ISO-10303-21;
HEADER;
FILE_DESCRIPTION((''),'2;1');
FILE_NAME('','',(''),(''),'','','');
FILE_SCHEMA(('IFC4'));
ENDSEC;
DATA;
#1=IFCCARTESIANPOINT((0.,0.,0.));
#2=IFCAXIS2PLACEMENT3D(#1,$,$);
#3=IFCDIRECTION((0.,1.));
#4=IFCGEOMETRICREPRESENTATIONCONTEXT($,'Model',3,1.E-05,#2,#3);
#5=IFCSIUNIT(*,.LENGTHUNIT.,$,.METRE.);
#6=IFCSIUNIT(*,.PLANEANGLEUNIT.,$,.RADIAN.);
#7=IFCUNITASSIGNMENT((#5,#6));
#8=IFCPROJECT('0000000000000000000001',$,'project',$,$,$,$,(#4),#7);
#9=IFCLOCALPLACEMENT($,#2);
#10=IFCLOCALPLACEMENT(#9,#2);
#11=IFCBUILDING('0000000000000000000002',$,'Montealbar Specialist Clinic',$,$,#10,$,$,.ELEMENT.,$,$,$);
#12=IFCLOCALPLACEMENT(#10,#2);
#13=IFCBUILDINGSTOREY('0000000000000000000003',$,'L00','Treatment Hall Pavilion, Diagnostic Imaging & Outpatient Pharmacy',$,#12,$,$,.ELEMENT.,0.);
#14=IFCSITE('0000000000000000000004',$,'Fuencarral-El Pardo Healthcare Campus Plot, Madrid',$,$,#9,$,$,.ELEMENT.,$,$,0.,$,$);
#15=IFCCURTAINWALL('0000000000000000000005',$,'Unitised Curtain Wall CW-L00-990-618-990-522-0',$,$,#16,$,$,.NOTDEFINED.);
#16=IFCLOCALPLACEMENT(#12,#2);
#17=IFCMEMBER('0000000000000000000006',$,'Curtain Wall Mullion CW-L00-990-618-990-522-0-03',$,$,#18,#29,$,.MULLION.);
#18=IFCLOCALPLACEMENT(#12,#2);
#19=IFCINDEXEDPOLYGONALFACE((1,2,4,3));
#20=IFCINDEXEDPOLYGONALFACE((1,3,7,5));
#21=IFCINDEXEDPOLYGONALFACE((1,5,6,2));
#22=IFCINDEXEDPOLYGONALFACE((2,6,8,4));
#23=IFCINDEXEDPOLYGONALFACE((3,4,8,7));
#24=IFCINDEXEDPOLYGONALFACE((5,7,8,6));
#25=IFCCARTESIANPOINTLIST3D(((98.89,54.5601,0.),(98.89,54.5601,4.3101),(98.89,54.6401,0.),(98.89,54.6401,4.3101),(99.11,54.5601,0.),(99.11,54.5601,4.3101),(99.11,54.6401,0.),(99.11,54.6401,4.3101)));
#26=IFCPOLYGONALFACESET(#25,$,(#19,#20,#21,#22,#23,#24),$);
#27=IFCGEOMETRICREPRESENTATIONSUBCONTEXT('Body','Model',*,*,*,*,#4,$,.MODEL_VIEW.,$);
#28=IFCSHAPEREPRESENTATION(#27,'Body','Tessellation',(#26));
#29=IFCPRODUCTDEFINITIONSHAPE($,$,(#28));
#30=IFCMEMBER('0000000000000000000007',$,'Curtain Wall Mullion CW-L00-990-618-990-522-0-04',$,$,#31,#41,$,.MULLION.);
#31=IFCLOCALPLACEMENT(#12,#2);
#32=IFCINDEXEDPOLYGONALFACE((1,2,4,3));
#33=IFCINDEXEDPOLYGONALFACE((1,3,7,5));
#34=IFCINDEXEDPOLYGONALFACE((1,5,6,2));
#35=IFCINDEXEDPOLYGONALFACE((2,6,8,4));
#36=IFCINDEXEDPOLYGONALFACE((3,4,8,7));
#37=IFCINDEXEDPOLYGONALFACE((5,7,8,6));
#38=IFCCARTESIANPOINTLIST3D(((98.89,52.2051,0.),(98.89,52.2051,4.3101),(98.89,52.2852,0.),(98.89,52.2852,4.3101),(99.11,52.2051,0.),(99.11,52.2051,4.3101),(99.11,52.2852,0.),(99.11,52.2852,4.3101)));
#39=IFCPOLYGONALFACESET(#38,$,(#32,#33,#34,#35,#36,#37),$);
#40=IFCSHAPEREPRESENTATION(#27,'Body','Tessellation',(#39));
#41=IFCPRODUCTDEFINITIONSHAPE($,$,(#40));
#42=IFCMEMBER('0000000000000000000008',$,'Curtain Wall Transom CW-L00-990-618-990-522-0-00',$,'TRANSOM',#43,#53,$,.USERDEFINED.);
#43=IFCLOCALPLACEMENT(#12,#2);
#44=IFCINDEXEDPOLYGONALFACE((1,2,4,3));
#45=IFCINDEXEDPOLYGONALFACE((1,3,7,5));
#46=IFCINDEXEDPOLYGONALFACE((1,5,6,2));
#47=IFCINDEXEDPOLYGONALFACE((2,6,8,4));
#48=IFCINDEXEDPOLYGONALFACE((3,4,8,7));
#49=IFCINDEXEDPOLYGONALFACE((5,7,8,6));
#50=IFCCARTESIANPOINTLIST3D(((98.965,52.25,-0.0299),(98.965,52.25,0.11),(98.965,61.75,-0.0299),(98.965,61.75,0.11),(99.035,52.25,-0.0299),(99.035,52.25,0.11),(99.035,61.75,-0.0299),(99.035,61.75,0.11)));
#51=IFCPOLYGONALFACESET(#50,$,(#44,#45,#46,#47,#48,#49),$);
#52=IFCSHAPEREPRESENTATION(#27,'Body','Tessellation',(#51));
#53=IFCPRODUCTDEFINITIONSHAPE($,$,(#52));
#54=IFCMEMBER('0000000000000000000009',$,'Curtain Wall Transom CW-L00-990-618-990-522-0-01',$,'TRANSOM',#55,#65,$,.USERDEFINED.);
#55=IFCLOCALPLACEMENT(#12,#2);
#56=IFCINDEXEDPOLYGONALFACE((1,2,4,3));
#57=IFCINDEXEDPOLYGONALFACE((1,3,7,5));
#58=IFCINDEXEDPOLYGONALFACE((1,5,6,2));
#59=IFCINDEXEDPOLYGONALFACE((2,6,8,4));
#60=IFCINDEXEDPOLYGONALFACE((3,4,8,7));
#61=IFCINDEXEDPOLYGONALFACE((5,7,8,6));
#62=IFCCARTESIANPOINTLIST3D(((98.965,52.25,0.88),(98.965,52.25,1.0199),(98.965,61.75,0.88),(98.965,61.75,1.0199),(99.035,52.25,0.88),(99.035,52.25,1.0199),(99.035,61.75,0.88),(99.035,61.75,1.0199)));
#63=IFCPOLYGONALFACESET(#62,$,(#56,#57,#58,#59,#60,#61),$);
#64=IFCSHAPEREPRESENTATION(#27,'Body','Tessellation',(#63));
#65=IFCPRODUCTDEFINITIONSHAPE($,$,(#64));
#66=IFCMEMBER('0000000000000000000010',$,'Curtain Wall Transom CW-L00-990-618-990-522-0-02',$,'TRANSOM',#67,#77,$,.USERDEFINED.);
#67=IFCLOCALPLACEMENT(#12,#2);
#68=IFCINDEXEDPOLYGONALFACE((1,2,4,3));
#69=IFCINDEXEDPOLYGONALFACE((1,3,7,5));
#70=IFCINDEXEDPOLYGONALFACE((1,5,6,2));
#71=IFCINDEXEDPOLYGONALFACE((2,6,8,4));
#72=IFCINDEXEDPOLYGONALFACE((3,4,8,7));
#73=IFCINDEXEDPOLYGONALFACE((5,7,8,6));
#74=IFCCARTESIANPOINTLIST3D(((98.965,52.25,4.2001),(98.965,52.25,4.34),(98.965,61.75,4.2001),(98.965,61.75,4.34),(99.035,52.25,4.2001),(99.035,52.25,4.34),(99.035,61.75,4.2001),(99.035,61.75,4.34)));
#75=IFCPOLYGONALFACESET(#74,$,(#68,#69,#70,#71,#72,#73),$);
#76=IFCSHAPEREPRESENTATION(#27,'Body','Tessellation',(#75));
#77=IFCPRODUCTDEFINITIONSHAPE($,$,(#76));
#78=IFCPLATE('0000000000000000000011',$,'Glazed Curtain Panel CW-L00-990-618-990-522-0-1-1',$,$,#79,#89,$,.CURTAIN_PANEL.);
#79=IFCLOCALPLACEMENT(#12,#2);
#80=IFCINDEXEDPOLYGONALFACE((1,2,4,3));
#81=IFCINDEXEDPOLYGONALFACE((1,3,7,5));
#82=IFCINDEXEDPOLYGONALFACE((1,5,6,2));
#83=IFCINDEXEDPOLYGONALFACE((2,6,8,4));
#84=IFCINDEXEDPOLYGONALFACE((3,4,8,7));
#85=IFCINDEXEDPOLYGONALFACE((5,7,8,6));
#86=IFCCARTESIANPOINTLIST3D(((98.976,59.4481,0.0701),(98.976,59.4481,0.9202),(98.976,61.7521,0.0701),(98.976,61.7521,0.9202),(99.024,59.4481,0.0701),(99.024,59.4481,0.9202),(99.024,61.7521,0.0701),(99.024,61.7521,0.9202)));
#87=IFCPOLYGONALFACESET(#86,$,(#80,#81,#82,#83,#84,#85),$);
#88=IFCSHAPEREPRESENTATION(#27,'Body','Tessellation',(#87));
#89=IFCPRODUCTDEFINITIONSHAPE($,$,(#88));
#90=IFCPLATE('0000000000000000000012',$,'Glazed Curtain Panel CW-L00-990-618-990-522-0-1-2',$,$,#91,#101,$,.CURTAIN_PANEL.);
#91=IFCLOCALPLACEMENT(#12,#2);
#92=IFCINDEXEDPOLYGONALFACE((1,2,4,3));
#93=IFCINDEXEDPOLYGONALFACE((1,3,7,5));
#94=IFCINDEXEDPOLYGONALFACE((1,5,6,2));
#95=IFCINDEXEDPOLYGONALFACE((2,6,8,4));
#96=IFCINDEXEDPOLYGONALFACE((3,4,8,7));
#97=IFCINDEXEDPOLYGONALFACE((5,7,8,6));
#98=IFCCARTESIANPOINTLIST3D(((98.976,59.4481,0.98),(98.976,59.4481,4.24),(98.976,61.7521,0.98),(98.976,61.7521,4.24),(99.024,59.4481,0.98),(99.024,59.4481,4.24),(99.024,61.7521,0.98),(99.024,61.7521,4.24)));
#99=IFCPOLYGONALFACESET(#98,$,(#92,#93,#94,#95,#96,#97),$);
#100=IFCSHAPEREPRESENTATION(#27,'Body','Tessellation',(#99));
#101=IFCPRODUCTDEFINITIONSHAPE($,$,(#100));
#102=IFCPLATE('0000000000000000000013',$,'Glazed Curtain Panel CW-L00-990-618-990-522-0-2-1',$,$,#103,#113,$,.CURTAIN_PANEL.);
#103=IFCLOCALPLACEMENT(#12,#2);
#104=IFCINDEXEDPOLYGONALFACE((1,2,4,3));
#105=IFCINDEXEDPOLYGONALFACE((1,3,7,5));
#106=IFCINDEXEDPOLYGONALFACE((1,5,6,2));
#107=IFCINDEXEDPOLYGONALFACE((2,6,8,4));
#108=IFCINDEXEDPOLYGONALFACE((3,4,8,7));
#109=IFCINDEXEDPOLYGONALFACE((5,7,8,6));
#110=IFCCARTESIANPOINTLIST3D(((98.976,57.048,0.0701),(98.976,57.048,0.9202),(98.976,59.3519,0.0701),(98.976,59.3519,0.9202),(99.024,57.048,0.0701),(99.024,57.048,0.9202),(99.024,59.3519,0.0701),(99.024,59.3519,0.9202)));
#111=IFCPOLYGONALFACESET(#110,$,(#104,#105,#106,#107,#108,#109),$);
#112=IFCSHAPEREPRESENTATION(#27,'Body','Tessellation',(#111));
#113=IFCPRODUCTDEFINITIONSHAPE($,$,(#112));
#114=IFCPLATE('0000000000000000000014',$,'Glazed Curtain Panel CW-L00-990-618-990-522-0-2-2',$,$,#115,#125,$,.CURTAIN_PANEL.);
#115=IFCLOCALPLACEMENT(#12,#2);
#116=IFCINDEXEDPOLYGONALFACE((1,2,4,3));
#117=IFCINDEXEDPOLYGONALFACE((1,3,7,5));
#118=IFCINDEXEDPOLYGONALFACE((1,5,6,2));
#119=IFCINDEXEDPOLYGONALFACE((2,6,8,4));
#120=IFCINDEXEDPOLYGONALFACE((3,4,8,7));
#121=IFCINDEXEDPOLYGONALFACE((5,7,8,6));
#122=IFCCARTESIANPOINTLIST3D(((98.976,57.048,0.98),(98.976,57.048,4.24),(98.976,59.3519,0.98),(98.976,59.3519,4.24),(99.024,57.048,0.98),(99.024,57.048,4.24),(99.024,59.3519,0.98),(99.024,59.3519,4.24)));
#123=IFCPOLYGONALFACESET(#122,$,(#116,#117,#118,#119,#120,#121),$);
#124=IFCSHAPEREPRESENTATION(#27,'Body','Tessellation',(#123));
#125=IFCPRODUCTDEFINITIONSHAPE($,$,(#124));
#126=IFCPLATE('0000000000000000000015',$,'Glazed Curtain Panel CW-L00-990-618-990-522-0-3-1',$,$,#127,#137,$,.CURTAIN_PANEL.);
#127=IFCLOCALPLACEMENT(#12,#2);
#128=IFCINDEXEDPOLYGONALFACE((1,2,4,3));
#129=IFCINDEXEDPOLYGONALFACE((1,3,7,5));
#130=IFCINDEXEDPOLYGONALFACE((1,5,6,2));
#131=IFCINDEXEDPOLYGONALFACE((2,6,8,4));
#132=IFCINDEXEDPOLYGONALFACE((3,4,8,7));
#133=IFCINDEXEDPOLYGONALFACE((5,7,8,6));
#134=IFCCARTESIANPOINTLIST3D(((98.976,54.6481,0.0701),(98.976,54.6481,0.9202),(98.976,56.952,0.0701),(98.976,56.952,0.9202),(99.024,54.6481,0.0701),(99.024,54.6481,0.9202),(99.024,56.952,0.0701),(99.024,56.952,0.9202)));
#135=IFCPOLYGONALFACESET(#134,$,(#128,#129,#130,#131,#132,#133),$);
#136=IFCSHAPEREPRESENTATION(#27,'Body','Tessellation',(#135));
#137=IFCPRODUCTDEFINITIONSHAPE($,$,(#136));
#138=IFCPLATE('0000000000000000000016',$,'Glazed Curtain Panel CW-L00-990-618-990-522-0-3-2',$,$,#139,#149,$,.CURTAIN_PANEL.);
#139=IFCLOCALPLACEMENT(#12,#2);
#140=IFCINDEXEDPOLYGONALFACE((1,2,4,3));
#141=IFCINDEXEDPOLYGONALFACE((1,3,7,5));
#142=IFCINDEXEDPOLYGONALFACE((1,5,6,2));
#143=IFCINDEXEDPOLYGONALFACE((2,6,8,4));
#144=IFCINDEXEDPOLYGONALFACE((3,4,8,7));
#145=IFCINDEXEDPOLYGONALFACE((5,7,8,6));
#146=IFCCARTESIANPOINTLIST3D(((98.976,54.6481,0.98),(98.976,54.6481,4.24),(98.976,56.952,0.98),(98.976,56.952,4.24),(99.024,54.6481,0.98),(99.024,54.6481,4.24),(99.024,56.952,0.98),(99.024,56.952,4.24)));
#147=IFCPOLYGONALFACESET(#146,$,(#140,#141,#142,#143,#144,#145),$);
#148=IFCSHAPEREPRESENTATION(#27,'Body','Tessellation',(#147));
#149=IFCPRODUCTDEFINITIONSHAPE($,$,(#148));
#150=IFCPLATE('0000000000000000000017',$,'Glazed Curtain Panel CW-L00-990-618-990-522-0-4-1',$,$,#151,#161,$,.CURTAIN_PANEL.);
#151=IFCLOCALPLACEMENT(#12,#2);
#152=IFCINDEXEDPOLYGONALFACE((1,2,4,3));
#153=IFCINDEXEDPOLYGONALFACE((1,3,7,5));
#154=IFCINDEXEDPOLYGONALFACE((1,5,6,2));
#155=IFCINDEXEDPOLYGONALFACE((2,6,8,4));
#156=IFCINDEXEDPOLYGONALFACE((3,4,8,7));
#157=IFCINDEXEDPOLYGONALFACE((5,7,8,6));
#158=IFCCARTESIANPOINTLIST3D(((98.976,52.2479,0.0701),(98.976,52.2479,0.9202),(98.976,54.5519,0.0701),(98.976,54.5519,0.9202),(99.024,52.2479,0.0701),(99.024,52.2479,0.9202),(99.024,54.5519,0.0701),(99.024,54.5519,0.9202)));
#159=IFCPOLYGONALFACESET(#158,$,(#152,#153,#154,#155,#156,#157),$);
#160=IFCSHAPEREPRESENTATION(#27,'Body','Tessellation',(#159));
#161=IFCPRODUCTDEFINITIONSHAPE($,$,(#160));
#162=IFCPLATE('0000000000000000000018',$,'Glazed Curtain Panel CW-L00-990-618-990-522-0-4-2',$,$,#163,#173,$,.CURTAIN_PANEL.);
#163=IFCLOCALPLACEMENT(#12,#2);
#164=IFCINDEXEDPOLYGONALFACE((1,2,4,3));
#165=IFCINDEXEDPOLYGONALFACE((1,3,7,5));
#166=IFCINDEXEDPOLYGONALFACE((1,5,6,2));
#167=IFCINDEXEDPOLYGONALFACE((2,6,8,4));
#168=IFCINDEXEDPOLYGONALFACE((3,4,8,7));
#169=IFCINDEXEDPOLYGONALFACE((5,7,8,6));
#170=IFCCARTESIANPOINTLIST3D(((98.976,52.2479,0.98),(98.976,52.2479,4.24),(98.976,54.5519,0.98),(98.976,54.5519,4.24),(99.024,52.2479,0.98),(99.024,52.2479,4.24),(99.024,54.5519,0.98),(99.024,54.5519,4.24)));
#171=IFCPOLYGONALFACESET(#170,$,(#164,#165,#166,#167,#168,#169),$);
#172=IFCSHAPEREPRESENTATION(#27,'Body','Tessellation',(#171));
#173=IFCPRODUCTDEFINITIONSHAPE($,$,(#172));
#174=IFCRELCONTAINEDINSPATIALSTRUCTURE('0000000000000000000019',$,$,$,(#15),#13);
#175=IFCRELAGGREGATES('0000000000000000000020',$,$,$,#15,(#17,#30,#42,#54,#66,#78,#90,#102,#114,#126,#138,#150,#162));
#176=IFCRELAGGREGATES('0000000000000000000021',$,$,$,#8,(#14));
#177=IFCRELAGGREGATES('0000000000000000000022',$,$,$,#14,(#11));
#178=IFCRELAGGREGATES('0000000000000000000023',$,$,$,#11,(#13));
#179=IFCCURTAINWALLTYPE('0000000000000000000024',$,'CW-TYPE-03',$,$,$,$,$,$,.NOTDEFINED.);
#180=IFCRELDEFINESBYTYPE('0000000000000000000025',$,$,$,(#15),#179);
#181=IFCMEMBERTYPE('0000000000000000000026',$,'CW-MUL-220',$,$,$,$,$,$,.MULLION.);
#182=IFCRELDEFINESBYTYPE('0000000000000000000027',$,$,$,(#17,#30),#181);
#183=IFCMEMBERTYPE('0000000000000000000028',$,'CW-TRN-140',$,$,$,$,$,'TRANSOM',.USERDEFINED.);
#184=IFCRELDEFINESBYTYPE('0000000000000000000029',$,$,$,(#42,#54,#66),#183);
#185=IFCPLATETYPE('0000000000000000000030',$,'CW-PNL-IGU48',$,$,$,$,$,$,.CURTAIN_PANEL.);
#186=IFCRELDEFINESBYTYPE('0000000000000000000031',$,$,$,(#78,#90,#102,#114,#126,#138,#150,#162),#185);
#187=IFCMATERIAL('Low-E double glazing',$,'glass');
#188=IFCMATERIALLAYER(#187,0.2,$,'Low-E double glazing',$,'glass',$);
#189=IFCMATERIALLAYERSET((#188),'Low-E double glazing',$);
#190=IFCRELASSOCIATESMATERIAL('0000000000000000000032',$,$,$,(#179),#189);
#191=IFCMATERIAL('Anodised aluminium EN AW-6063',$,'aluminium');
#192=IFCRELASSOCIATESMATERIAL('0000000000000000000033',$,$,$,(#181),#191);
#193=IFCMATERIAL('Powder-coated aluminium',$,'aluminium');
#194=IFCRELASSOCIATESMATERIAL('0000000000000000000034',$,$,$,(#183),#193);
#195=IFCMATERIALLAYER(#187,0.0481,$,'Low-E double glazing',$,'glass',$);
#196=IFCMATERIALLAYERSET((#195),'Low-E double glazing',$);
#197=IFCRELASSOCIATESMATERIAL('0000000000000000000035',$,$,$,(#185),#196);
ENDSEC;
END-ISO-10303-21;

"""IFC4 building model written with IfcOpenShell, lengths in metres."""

from ifc_helpers import new_model, si_unit, direction, frame, origin, origin_2d, place, context, subcontext, project, spatial, rectangle, extrude, material, layer, layer_set, material_profile, profile_set, type_object, element, aggregate, save


model = new_model("IFC4")

# Units and contexts
model_context = context("Model", 3, precision=1e-05, world=origin(), true_north=direction((0.0, 1.0)))
body_context = subcontext(model_context, "Body", "Model", "MODEL_VIEW")
ifc_project = project(units=[si_unit("LENGTHUNIT", "METRE"), si_unit("PLANEANGLEUNIT", "RADIAN")], contexts=[model_context])

# Site, building, storey
site_placement = place(None, origin())
site = spatial("IfcSite", under=ifc_project, at=site_placement, Name="Fuencarral-El Pardo Healthcare Campus Plot, Madrid", CompositionType="ELEMENT", RefElevation=0.0)
building_placement = place(site_placement, origin())
building = spatial("IfcBuilding", under=site, at=building_placement, Name="Montealbar Specialist Clinic", CompositionType="ELEMENT")
storey_placement = place(building_placement, origin())
storey = spatial("IfcBuildingStorey", under=building, at=storey_placement, Name="L00", Description="Treatment Hall Pavilion, Diagnostic Imaging & Outpatient Pharmacy", CompositionType="ELEMENT", Elevation=0.0)

# Curtain wall, members, plates
ifc_material_1 = material(Name="Low-E double glazing", Category="glass")
ifc_layer_1 = layer(ifc_material_1, 0.2, Name="Low-E double glazing", Category="glass")
ifc_layer_set_1 = layer_set([ifc_layer_1], Name="Low-E double glazing")
curtain_wall_type = type_object("IfcCurtainWallType", Name="CW-TYPE-03", PredefinedType="NOTDEFINED", material=ifc_layer_set_1)
curtain_wall_placement = place(storey_placement, origin())
curtain_wall = element("IfcCurtainWall", 1, at=curtain_wall_placement, inside=storey, type_object=curtain_wall_type, Name="Unitised Curtain Wall CW-L00-990-618-990-522-0", PredefinedType="NOTDEFINED")
ifc_material_2 = material(Name="Anodised aluminium EN AW-6063", Category="aluminium")
ifc_material_profile_1 = material_profile(ifc_material_2, rectangle(XDim=0.0801, YDim=0.22, at=origin_2d()), Name="ALU 80x220", Category="aluminium")
ifc_profile_set_1 = profile_set([ifc_material_profile_1], Name="Anodised aluminium EN AW-6063")
member_type_1 = type_object("IfcMemberType", Name="CW-MUL-220", PredefinedType="MULLION", material=ifc_profile_set_1)
member_1_placement = place(storey_placement, frame((99.0, 54.6001, 0.0), z_axis=(0.0, 0.0, 1.0), x_axis=(0.0, -1.0, 0.0)))
member_1 = element("IfcMember", 2, at=member_1_placement, type_object=member_type_1, Name="Curtain Wall Mullion CW-L00-990-618-990-522-0-03", PredefinedType="MULLION", context=body_context, shape_type="SweptSolid", body=[
    extrude(rectangle(XDim=0.0801, YDim=0.22, at=origin_2d()), origin(), (0.0, 0.0, 1.0), 4.3101),
])
member_2_placement = place(storey_placement, frame((99.0, 52.2451, 0.0), z_axis=(0.0, 0.0, 1.0), x_axis=(0.0, -1.0, 0.0)))
member_2 = element("IfcMember", 3, at=member_2_placement, type_object=member_type_1, Name="Curtain Wall Mullion CW-L00-990-618-990-522-0-04", PredefinedType="MULLION", context=body_context, shape_type="SweptSolid", body=[
    extrude(rectangle(XDim=0.0801, YDim=0.22, at=origin_2d()), origin(), (0.0, 0.0, 1.0), 4.3101),
])
ifc_material_3 = material(Name="Powder-coated aluminium", Category="aluminium")
ifc_material_profile_2 = material_profile(ifc_material_3, rectangle(XDim=0.0701, YDim=0.1399, at=origin_2d()), Name="ALU 70x140", Category="aluminium")
ifc_profile_set_2 = profile_set([ifc_material_profile_2], Name="Powder-coated aluminium")
member_type_2 = type_object("IfcMemberType", Name="CW-TRN-140", ElementType="TRANSOM", PredefinedType="USERDEFINED", material=ifc_profile_set_2)
member_3_placement = place(storey_placement, frame((99.0, 61.75, 0.04), z_axis=(0.0, -1.0, 0.0), x_axis=(1.0, 0.0, 0.0)))
member_3 = element("IfcMember", 4, at=member_3_placement, type_object=member_type_2, Name="Curtain Wall Transom CW-L00-990-618-990-522-0-00", ObjectType="TRANSOM", PredefinedType="USERDEFINED", context=body_context, shape_type="SweptSolid", body=[
    extrude(rectangle(XDim=0.0701, YDim=0.1399, at=origin_2d()), origin(), (0.0, 0.0, 1.0), 9.5),
])
member_4_placement = place(storey_placement, frame((99.0, 61.75, 0.95), z_axis=(0.0, -1.0, 0.0), x_axis=(1.0, 0.0, 0.0)))
member_4 = element("IfcMember", 5, at=member_4_placement, type_object=member_type_2, Name="Curtain Wall Transom CW-L00-990-618-990-522-0-01", ObjectType="TRANSOM", PredefinedType="USERDEFINED", context=body_context, shape_type="SweptSolid", body=[
    extrude(rectangle(XDim=0.0701, YDim=0.1399, at=origin_2d()), origin(), (0.0, 0.0, 1.0), 9.5),
])
member_5_placement = place(storey_placement, frame((99.0, 61.75, 4.27), z_axis=(0.0, -1.0, 0.0), x_axis=(1.0, 0.0, 0.0)))
member_5 = element("IfcMember", 6, at=member_5_placement, type_object=member_type_2, Name="Curtain Wall Transom CW-L00-990-618-990-522-0-02", ObjectType="TRANSOM", PredefinedType="USERDEFINED", context=body_context, shape_type="SweptSolid", body=[
    extrude(rectangle(XDim=0.0701, YDim=0.1399, at=origin_2d()), origin(), (0.0, 0.0, 1.0), 9.5),
])
ifc_layer_2 = layer(ifc_material_1, 0.0481, Name="Low-E double glazing", Category="glass")
ifc_layer_set_2 = layer_set([ifc_layer_2], Name="Low-E double glazing")
plate_type = type_object("IfcPlateType", Name="CW-PNL-IGU48", PredefinedType="CURTAIN_PANEL", material=ifc_layer_set_2)
plate_1_placement = place(storey_placement, frame((99.0, 60.6001, 0.0701), z_axis=(0.0, 0.0, 1.0), x_axis=(0.0, -1.0, 0.0)))
plate_1 = element("IfcPlate", 7, at=plate_1_placement, type_object=plate_type, Name="Glazed Curtain Panel CW-L00-990-618-990-522-0-1-1", PredefinedType="CURTAIN_PANEL", context=body_context, shape_type="SweptSolid", body=[
    extrude(rectangle(XDim=2.304, YDim=0.0481, at=origin_2d()), origin(), (0.0, 0.0, 1.0), 0.8501),
])
plate_2_placement = place(storey_placement, frame((99.0, 60.6001, 0.98), z_axis=(0.0, 0.0, 1.0), x_axis=(0.0, -1.0, 0.0)))
plate_2 = element("IfcPlate", 8, at=plate_2_placement, type_object=plate_type, Name="Glazed Curtain Panel CW-L00-990-618-990-522-0-1-2", PredefinedType="CURTAIN_PANEL", context=body_context, shape_type="SweptSolid", body=[
    extrude(rectangle(XDim=2.304, YDim=0.0481, at=origin_2d()), origin(), (0.0, 0.0, 1.0), 3.26),
])
plate_3_placement = place(storey_placement, frame((99.0, 58.2, 0.0701), z_axis=(0.0, 0.0, 1.0), x_axis=(0.0, -1.0, 0.0)))
plate_3 = element("IfcPlate", 9, at=plate_3_placement, type_object=plate_type, Name="Glazed Curtain Panel CW-L00-990-618-990-522-0-2-1", PredefinedType="CURTAIN_PANEL", context=body_context, shape_type="SweptSolid", body=[
    extrude(rectangle(XDim=2.304, YDim=0.0481, at=origin_2d()), origin(), (0.0, 0.0, 1.0), 0.8501),
])
plate_4_placement = place(storey_placement, frame((99.0, 58.2, 0.98), z_axis=(0.0, 0.0, 1.0), x_axis=(0.0, -1.0, 0.0)))
plate_4 = element("IfcPlate", 10, at=plate_4_placement, type_object=plate_type, Name="Glazed Curtain Panel CW-L00-990-618-990-522-0-2-2", PredefinedType="CURTAIN_PANEL", context=body_context, shape_type="SweptSolid", body=[
    extrude(rectangle(XDim=2.304, YDim=0.0481, at=origin_2d()), origin(), (0.0, 0.0, 1.0), 3.26),
])
plate_5_placement = place(storey_placement, frame((99.0, 55.8, 0.0701), z_axis=(0.0, 0.0, 1.0), x_axis=(0.0, -1.0, 0.0)))
plate_5 = element("IfcPlate", 11, at=plate_5_placement, type_object=plate_type, Name="Glazed Curtain Panel CW-L00-990-618-990-522-0-3-1", PredefinedType="CURTAIN_PANEL", context=body_context, shape_type="SweptSolid", body=[
    extrude(rectangle(XDim=2.304, YDim=0.0481, at=origin_2d()), origin(), (0.0, 0.0, 1.0), 0.8501),
])
plate_6_placement = place(storey_placement, frame((99.0, 55.8, 0.98), z_axis=(0.0, 0.0, 1.0), x_axis=(0.0, -1.0, 0.0)))
plate_6 = element("IfcPlate", 12, at=plate_6_placement, type_object=plate_type, Name="Glazed Curtain Panel CW-L00-990-618-990-522-0-3-2", PredefinedType="CURTAIN_PANEL", context=body_context, shape_type="SweptSolid", body=[
    extrude(rectangle(XDim=2.304, YDim=0.0481, at=origin_2d()), origin(), (0.0, 0.0, 1.0), 3.26),
])
plate_7_placement = place(storey_placement, frame((99.0, 53.3999, 0.0701), z_axis=(0.0, 0.0, 1.0), x_axis=(0.0, -1.0, 0.0)))
plate_7 = element("IfcPlate", 13, at=plate_7_placement, type_object=plate_type, Name="Glazed Curtain Panel CW-L00-990-618-990-522-0-4-1", PredefinedType="CURTAIN_PANEL", context=body_context, shape_type="SweptSolid", body=[
    extrude(rectangle(XDim=2.304, YDim=0.0481, at=origin_2d()), origin(), (0.0, 0.0, 1.0), 0.8501),
])
plate_8_placement = place(storey_placement, frame((99.0, 53.3999, 0.98), z_axis=(0.0, 0.0, 1.0), x_axis=(0.0, -1.0, 0.0)))
plate_8 = element("IfcPlate", 14, at=plate_8_placement, type_object=plate_type, Name="Glazed Curtain Panel CW-L00-990-618-990-522-0-4-2", PredefinedType="CURTAIN_PANEL", context=body_context, shape_type="SweptSolid", body=[
    extrude(rectangle(XDim=2.304, YDim=0.0481, at=origin_2d()), origin(), (0.0, 0.0, 1.0), 3.26),
])
aggregate(curtain_wall, [member_1, member_2, member_3, member_4, member_5, plate_1, plate_2, plate_3, plate_4, plate_5, plate_6, plate_7, plate_8])

save(model, "model.ifc")
